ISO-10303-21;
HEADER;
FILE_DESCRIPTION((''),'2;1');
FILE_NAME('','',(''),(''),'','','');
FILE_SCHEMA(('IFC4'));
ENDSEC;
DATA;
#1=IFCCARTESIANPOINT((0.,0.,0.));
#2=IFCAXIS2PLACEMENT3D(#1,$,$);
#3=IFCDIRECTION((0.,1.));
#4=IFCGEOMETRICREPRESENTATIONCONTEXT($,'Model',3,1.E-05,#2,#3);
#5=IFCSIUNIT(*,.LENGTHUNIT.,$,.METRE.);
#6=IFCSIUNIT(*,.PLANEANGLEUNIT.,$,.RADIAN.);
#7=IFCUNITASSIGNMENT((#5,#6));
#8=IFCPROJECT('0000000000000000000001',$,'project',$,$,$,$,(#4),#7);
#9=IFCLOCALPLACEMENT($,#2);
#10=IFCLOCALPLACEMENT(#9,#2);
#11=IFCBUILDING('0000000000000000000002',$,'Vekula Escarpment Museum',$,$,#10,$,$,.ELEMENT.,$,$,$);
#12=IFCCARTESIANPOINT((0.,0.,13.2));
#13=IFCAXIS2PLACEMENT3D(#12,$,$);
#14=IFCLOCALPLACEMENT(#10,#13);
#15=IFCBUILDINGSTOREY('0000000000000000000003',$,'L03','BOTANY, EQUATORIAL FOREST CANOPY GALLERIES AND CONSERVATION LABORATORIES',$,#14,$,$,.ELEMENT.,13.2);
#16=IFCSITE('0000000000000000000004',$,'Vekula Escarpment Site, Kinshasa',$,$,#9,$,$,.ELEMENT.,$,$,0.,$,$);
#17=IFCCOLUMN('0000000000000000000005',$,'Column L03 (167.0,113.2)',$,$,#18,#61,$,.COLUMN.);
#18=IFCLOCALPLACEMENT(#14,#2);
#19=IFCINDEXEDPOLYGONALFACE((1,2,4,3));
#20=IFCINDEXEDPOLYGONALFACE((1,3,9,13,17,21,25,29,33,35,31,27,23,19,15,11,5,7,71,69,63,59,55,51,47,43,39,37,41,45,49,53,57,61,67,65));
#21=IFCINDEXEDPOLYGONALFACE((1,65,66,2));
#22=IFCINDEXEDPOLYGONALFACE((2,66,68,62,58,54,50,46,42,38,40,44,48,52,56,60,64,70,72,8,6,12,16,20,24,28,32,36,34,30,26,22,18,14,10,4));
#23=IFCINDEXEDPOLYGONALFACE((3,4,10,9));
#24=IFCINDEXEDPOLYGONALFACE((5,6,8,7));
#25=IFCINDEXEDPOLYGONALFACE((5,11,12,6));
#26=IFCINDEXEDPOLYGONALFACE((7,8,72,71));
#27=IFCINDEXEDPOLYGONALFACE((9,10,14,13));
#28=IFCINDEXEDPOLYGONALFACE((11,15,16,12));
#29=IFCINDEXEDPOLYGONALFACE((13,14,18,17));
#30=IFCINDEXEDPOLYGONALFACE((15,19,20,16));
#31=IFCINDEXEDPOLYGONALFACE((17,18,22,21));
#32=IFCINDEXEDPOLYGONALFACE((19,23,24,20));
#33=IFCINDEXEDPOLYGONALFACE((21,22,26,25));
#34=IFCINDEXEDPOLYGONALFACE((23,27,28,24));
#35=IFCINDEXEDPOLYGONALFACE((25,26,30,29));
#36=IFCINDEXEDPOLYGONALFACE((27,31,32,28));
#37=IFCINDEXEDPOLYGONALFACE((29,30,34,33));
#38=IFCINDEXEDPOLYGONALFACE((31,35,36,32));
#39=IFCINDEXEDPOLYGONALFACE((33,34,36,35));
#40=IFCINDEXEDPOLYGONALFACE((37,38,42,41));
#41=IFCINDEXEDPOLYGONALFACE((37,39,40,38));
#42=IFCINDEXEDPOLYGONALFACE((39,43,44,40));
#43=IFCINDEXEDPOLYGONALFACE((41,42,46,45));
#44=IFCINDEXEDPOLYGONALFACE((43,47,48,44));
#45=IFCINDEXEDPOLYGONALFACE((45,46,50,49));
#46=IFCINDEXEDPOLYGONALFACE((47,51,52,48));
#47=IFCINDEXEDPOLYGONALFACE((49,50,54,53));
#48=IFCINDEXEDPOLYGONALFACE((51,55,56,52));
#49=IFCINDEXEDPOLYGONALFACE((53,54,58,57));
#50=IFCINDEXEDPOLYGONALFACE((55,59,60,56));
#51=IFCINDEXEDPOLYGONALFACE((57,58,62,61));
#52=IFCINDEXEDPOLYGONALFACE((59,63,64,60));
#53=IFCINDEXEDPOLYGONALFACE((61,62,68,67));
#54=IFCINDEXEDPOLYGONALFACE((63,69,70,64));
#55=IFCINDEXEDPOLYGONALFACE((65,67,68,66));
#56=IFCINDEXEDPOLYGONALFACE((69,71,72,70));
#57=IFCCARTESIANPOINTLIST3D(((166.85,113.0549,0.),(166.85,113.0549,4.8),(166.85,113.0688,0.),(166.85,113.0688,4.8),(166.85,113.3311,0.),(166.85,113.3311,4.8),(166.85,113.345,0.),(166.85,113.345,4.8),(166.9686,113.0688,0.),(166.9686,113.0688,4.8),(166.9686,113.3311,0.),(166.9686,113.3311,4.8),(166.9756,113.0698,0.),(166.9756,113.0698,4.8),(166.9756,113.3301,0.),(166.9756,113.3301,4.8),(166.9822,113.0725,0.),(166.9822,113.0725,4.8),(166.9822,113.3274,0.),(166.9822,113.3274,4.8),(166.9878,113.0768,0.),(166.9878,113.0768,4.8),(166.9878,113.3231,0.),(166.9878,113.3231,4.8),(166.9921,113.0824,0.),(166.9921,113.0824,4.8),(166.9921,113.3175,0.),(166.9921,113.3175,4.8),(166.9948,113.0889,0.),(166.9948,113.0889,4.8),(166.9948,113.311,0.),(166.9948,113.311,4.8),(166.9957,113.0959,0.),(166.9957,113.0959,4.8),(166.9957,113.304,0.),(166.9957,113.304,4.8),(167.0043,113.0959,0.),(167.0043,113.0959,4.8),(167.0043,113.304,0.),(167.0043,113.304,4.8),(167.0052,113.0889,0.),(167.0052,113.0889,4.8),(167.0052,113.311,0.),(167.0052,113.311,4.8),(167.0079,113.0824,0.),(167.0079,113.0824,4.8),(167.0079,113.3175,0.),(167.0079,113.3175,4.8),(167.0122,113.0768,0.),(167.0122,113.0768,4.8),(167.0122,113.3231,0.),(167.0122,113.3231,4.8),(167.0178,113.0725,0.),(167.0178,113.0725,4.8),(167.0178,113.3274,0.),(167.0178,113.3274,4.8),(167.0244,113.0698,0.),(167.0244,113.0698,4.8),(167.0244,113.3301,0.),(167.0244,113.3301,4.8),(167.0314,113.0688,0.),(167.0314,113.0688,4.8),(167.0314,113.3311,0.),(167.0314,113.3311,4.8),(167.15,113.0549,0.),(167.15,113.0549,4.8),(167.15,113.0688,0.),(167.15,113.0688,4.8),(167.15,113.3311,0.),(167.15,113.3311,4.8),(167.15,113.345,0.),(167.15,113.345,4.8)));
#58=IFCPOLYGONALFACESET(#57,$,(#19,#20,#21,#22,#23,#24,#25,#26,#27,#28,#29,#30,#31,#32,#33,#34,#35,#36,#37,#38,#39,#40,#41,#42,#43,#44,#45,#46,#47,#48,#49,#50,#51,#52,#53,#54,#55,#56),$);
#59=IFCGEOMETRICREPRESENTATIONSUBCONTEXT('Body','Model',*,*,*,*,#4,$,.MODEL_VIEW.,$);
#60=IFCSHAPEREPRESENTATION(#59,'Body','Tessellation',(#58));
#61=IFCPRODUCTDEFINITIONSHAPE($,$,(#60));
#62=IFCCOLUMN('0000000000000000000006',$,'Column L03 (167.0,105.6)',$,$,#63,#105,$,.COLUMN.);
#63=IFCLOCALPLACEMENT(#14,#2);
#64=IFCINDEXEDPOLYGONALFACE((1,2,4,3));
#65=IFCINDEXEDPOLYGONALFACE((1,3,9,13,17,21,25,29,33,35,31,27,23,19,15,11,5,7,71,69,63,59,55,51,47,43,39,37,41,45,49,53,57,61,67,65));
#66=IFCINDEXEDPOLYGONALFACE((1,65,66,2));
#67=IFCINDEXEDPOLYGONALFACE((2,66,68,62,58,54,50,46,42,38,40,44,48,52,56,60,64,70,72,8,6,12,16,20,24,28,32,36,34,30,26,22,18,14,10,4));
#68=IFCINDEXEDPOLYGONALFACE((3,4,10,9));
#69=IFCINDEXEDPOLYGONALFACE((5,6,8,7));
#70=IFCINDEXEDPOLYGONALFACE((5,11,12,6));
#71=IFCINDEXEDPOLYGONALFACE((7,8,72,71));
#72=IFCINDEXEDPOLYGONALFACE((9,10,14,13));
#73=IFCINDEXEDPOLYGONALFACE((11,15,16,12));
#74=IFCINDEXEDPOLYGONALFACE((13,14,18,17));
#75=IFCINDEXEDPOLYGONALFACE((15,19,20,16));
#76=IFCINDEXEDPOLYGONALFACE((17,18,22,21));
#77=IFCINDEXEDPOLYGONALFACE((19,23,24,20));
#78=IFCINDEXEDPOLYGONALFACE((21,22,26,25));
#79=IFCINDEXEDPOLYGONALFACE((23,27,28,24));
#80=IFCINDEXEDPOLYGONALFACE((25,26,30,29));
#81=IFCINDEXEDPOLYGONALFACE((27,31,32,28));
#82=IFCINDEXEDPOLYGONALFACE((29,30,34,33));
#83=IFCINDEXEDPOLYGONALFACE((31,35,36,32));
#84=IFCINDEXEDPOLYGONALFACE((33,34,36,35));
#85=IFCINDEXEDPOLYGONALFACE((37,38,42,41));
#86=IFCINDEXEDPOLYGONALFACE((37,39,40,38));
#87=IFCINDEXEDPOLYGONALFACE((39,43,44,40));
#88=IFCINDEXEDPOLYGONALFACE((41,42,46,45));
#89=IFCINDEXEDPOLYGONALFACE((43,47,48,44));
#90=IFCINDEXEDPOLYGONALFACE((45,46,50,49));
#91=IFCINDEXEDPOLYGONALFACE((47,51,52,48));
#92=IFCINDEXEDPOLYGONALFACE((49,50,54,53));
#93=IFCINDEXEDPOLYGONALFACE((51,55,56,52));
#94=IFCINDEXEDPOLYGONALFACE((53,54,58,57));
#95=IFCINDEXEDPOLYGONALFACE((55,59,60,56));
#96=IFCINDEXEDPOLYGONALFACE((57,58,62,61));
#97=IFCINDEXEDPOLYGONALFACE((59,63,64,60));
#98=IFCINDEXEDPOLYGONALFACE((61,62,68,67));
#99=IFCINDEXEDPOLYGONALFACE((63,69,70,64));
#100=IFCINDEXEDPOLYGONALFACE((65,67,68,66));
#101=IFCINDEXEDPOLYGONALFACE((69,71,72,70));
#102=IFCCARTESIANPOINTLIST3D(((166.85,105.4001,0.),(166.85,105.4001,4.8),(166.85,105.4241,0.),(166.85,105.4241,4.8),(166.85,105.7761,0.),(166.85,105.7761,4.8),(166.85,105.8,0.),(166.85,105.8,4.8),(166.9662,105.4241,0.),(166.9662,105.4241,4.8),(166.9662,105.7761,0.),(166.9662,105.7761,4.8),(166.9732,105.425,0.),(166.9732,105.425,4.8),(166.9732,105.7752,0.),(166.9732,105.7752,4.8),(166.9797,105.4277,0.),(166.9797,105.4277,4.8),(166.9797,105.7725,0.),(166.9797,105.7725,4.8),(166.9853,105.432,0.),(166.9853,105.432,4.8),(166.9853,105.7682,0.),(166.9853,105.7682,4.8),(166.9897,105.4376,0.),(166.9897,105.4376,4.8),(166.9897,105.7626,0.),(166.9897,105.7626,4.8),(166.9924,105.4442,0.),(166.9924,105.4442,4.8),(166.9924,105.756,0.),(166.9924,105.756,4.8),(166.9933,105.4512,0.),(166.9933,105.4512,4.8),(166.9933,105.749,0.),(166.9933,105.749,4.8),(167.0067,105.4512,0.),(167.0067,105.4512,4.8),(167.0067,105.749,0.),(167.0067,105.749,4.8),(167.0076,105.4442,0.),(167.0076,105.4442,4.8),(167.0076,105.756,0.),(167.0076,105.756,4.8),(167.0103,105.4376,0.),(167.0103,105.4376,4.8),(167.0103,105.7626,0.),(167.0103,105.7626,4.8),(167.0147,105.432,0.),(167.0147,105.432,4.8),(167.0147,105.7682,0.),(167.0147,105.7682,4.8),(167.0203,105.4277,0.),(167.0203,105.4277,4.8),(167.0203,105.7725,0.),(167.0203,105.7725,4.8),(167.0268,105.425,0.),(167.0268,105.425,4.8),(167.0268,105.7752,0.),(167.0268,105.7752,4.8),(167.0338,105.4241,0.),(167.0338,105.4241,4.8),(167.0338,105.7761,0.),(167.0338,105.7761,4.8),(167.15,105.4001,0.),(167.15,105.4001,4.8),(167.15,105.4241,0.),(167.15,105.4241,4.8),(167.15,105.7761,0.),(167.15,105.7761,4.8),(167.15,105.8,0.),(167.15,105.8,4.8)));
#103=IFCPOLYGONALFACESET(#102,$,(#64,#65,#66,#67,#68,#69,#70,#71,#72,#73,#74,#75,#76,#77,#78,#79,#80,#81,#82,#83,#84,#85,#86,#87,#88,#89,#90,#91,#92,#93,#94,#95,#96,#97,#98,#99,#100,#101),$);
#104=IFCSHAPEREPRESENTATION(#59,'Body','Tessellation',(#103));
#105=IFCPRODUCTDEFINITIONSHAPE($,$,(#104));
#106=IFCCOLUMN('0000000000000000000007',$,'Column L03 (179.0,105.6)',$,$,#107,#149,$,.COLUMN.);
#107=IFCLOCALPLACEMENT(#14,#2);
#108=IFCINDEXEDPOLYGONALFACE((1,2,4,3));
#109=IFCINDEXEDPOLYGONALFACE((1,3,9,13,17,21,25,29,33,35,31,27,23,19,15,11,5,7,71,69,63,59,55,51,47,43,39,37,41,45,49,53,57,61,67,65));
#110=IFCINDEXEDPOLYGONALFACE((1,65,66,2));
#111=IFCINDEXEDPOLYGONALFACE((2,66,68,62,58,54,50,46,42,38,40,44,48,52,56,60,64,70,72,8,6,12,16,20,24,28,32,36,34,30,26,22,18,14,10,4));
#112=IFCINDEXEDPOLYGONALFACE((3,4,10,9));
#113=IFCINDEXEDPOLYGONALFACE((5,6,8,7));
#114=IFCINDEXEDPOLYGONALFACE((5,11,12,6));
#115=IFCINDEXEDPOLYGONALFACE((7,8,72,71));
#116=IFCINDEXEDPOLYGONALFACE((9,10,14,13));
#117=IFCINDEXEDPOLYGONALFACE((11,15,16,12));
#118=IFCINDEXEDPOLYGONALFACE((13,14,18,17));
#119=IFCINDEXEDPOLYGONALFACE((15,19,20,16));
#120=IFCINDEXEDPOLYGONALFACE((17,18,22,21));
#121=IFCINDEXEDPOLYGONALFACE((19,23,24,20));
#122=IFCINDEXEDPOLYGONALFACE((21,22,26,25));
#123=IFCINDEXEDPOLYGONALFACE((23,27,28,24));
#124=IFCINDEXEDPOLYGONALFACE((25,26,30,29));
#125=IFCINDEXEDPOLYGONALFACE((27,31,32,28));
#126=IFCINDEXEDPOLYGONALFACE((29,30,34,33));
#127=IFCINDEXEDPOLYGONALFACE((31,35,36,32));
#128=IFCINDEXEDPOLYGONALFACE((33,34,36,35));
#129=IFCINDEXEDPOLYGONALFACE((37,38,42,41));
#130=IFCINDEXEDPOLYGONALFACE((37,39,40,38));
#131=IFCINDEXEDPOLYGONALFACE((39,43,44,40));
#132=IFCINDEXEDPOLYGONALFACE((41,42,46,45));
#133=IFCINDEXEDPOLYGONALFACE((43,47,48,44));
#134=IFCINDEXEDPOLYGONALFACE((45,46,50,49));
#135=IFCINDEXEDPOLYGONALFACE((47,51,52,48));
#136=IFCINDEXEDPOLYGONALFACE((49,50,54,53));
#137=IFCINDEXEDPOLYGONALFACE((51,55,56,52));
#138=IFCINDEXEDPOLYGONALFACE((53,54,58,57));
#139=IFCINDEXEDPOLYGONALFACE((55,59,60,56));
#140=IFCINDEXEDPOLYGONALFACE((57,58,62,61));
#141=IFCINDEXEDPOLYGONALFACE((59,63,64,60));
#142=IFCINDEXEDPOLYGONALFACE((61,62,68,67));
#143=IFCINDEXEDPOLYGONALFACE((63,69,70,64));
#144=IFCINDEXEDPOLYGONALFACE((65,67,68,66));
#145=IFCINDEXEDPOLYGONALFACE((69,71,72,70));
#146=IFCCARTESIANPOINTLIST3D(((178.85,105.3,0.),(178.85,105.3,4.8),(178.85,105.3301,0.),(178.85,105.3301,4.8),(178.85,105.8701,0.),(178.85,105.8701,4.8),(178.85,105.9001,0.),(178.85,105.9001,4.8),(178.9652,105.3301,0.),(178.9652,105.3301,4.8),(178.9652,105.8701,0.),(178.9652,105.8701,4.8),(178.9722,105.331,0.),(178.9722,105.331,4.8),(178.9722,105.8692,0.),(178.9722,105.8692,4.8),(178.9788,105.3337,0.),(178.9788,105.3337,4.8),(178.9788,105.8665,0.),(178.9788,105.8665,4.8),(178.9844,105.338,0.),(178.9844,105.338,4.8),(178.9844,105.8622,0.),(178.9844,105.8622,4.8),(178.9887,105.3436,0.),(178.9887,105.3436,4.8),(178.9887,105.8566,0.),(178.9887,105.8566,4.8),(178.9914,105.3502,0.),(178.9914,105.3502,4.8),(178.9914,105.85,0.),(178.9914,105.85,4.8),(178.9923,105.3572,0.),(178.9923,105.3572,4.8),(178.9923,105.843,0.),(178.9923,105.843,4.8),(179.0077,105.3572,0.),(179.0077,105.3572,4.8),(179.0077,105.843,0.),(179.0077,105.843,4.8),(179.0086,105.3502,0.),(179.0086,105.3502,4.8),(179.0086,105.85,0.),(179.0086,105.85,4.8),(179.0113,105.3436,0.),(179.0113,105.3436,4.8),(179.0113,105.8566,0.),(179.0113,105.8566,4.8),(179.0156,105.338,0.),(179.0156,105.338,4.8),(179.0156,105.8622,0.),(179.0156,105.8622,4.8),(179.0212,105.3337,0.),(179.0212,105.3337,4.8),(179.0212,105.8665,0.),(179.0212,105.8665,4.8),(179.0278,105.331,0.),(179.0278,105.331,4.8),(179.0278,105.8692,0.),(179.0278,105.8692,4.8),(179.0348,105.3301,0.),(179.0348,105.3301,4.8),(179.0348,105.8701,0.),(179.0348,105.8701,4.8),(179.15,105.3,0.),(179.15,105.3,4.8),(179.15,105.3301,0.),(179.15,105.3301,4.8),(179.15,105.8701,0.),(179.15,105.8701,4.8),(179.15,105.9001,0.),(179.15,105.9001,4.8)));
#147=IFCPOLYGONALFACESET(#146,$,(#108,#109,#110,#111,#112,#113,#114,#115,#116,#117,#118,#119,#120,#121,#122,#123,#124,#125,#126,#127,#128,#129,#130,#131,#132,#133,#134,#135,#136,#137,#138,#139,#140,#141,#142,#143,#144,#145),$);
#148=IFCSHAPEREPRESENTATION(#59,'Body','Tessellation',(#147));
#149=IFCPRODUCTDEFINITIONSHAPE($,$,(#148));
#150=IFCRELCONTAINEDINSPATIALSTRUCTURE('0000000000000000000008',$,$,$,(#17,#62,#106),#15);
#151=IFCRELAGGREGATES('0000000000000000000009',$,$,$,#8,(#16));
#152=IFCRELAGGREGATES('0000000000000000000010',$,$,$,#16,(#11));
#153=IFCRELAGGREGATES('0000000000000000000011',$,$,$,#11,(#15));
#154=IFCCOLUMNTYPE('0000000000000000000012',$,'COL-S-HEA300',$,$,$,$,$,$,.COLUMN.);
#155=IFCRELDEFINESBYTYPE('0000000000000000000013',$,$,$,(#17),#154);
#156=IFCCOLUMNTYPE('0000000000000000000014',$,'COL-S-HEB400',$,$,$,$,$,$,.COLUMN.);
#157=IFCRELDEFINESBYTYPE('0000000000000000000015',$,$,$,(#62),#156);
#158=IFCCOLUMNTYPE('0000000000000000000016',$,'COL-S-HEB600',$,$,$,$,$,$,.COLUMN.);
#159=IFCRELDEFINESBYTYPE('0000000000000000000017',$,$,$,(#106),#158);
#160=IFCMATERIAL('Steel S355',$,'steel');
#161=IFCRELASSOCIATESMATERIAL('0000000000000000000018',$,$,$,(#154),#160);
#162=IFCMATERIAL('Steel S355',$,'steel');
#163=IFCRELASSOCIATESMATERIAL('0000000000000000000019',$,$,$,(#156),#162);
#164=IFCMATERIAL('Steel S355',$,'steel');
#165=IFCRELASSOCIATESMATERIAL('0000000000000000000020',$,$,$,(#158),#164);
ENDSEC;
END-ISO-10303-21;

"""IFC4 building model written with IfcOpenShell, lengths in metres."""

from ifc_helpers import new_model, si_unit, direction, frame, origin, origin_2d, place, context, subcontext, project, spatial, i_section, extrude, material, material_profile, profile_set, type_object, element, save


model = new_model("IFC4")

# Units and contexts
model_context = context("Model", 3, precision=1e-05, world=origin(), true_north=direction((0.0, 1.0)))
body_context = subcontext(model_context, "Body", "Model", "MODEL_VIEW")
ifc_project = project(units=[si_unit("LENGTHUNIT", "METRE"), si_unit("PLANEANGLEUNIT", "RADIAN")], contexts=[model_context])

# Site, building, storey
site_placement = place(None, origin())
site = spatial("IfcSite", under=ifc_project, at=site_placement, Name="Vekula Escarpment Site, Kinshasa", CompositionType="ELEMENT", RefElevation=0.0)
building_placement = place(site_placement, origin())
building = spatial("IfcBuilding", under=site, at=building_placement, Name="Vekula Escarpment Museum", CompositionType="ELEMENT")
storey_placement = place(building_placement, frame((0.0, 0.0, 13.2)))
storey = spatial("IfcBuildingStorey", under=building, at=storey_placement, Name="L03", Description="BOTANY, EQUATORIAL FOREST CANOPY GALLERIES AND CONSERVATION LABORATORIES", CompositionType="ELEMENT", Elevation=13.2)

# Columns
ifc_material_1 = material(Name="Steel S355", Category="steel")
ifc_material_profile_1 = material_profile(ifc_material_1, i_section(OverallWidth=0.3, OverallDepth=0.29, WebThickness=0.0085, FlangeThickness=0.0139, FilletRadius=0.0271, at=origin_2d()), Name="HEA 300")
ifc_profile_set_1 = profile_set([ifc_material_profile_1], Name="Steel S355")
column_type_1 = type_object("IfcColumnType", Name="COL-S-HEA300", PredefinedType="COLUMN", material=ifc_profile_set_1)
column_1_placement = place(storey_placement, frame((167.0, 113.2, 0.0), z_axis=(0.0, 0.0, 1.0), x_axis=(1.0, 0.0, 0.0)))
element("IfcColumn", 1, at=column_1_placement, inside=storey, type_object=column_type_1, Name="Column L03 (167.0,113.2)", PredefinedType="COLUMN", context=body_context, shape_type="SweptSolid", body=[
    extrude(i_section(OverallWidth=0.3, OverallDepth=0.29, WebThickness=0.0085, FlangeThickness=0.0139, FilletRadius=0.0271, at=origin_2d()), origin(), (0.0, 0.0, 1.0), 4.8),
])
ifc_material_2 = material(Name="Steel S355", Category="steel")
ifc_material_profile_2 = material_profile(ifc_material_2, i_section(OverallWidth=0.3, OverallDepth=0.3999, WebThickness=0.0134, FlangeThickness=0.0239, FilletRadius=0.0271, at=origin_2d()), Name="HEB 400")
ifc_profile_set_2 = profile_set([ifc_material_profile_2], Name="Steel S355")
column_type_2 = type_object("IfcColumnType", Name="COL-S-HEB400", PredefinedType="COLUMN", material=ifc_profile_set_2)
column_2_placement = place(storey_placement, frame((167.0, 105.6001, 0.0), z_axis=(0.0, 0.0, 1.0), x_axis=(1.0, 0.0, 0.0)))
element("IfcColumn", 2, at=column_2_placement, inside=storey, type_object=column_type_2, Name="Column L03 (167.0,105.6)", PredefinedType="COLUMN", context=body_context, shape_type="SweptSolid", body=[
    extrude(i_section(OverallWidth=0.3, OverallDepth=0.3999, WebThickness=0.0134, FlangeThickness=0.0239, FilletRadius=0.0271, at=origin_2d()), origin(), (0.0, 0.0, 1.0), 4.8),
])
ifc_material_3 = material(Name="Steel S355", Category="steel")
ifc_material_profile_3 = material_profile(ifc_material_3, i_section(OverallWidth=0.3, OverallDepth=0.6001, WebThickness=0.0154, FlangeThickness=0.03, FilletRadius=0.0271, at=origin_2d()), Name="HEB 600")
ifc_profile_set_3 = profile_set([ifc_material_profile_3], Name="Steel S355")
column_type_3 = type_object("IfcColumnType", Name="COL-S-HEB600", PredefinedType="COLUMN", material=ifc_profile_set_3)
column_3_placement = place(storey_placement, frame((179.0, 105.6001, 0.0), z_axis=(0.0, 0.0, 1.0), x_axis=(1.0, 0.0, 0.0)))
element("IfcColumn", 3, at=column_3_placement, inside=storey, type_object=column_type_3, Name="Column L03 (179.0,105.6)", PredefinedType="COLUMN", context=body_context, shape_type="SweptSolid", body=[
    extrude(i_section(OverallWidth=0.3, OverallDepth=0.6001, WebThickness=0.0154, FlangeThickness=0.03, FilletRadius=0.0271, at=origin_2d()), origin(), (0.0, 0.0, 1.0), 4.8),
])

save(model, "model.ifc")
